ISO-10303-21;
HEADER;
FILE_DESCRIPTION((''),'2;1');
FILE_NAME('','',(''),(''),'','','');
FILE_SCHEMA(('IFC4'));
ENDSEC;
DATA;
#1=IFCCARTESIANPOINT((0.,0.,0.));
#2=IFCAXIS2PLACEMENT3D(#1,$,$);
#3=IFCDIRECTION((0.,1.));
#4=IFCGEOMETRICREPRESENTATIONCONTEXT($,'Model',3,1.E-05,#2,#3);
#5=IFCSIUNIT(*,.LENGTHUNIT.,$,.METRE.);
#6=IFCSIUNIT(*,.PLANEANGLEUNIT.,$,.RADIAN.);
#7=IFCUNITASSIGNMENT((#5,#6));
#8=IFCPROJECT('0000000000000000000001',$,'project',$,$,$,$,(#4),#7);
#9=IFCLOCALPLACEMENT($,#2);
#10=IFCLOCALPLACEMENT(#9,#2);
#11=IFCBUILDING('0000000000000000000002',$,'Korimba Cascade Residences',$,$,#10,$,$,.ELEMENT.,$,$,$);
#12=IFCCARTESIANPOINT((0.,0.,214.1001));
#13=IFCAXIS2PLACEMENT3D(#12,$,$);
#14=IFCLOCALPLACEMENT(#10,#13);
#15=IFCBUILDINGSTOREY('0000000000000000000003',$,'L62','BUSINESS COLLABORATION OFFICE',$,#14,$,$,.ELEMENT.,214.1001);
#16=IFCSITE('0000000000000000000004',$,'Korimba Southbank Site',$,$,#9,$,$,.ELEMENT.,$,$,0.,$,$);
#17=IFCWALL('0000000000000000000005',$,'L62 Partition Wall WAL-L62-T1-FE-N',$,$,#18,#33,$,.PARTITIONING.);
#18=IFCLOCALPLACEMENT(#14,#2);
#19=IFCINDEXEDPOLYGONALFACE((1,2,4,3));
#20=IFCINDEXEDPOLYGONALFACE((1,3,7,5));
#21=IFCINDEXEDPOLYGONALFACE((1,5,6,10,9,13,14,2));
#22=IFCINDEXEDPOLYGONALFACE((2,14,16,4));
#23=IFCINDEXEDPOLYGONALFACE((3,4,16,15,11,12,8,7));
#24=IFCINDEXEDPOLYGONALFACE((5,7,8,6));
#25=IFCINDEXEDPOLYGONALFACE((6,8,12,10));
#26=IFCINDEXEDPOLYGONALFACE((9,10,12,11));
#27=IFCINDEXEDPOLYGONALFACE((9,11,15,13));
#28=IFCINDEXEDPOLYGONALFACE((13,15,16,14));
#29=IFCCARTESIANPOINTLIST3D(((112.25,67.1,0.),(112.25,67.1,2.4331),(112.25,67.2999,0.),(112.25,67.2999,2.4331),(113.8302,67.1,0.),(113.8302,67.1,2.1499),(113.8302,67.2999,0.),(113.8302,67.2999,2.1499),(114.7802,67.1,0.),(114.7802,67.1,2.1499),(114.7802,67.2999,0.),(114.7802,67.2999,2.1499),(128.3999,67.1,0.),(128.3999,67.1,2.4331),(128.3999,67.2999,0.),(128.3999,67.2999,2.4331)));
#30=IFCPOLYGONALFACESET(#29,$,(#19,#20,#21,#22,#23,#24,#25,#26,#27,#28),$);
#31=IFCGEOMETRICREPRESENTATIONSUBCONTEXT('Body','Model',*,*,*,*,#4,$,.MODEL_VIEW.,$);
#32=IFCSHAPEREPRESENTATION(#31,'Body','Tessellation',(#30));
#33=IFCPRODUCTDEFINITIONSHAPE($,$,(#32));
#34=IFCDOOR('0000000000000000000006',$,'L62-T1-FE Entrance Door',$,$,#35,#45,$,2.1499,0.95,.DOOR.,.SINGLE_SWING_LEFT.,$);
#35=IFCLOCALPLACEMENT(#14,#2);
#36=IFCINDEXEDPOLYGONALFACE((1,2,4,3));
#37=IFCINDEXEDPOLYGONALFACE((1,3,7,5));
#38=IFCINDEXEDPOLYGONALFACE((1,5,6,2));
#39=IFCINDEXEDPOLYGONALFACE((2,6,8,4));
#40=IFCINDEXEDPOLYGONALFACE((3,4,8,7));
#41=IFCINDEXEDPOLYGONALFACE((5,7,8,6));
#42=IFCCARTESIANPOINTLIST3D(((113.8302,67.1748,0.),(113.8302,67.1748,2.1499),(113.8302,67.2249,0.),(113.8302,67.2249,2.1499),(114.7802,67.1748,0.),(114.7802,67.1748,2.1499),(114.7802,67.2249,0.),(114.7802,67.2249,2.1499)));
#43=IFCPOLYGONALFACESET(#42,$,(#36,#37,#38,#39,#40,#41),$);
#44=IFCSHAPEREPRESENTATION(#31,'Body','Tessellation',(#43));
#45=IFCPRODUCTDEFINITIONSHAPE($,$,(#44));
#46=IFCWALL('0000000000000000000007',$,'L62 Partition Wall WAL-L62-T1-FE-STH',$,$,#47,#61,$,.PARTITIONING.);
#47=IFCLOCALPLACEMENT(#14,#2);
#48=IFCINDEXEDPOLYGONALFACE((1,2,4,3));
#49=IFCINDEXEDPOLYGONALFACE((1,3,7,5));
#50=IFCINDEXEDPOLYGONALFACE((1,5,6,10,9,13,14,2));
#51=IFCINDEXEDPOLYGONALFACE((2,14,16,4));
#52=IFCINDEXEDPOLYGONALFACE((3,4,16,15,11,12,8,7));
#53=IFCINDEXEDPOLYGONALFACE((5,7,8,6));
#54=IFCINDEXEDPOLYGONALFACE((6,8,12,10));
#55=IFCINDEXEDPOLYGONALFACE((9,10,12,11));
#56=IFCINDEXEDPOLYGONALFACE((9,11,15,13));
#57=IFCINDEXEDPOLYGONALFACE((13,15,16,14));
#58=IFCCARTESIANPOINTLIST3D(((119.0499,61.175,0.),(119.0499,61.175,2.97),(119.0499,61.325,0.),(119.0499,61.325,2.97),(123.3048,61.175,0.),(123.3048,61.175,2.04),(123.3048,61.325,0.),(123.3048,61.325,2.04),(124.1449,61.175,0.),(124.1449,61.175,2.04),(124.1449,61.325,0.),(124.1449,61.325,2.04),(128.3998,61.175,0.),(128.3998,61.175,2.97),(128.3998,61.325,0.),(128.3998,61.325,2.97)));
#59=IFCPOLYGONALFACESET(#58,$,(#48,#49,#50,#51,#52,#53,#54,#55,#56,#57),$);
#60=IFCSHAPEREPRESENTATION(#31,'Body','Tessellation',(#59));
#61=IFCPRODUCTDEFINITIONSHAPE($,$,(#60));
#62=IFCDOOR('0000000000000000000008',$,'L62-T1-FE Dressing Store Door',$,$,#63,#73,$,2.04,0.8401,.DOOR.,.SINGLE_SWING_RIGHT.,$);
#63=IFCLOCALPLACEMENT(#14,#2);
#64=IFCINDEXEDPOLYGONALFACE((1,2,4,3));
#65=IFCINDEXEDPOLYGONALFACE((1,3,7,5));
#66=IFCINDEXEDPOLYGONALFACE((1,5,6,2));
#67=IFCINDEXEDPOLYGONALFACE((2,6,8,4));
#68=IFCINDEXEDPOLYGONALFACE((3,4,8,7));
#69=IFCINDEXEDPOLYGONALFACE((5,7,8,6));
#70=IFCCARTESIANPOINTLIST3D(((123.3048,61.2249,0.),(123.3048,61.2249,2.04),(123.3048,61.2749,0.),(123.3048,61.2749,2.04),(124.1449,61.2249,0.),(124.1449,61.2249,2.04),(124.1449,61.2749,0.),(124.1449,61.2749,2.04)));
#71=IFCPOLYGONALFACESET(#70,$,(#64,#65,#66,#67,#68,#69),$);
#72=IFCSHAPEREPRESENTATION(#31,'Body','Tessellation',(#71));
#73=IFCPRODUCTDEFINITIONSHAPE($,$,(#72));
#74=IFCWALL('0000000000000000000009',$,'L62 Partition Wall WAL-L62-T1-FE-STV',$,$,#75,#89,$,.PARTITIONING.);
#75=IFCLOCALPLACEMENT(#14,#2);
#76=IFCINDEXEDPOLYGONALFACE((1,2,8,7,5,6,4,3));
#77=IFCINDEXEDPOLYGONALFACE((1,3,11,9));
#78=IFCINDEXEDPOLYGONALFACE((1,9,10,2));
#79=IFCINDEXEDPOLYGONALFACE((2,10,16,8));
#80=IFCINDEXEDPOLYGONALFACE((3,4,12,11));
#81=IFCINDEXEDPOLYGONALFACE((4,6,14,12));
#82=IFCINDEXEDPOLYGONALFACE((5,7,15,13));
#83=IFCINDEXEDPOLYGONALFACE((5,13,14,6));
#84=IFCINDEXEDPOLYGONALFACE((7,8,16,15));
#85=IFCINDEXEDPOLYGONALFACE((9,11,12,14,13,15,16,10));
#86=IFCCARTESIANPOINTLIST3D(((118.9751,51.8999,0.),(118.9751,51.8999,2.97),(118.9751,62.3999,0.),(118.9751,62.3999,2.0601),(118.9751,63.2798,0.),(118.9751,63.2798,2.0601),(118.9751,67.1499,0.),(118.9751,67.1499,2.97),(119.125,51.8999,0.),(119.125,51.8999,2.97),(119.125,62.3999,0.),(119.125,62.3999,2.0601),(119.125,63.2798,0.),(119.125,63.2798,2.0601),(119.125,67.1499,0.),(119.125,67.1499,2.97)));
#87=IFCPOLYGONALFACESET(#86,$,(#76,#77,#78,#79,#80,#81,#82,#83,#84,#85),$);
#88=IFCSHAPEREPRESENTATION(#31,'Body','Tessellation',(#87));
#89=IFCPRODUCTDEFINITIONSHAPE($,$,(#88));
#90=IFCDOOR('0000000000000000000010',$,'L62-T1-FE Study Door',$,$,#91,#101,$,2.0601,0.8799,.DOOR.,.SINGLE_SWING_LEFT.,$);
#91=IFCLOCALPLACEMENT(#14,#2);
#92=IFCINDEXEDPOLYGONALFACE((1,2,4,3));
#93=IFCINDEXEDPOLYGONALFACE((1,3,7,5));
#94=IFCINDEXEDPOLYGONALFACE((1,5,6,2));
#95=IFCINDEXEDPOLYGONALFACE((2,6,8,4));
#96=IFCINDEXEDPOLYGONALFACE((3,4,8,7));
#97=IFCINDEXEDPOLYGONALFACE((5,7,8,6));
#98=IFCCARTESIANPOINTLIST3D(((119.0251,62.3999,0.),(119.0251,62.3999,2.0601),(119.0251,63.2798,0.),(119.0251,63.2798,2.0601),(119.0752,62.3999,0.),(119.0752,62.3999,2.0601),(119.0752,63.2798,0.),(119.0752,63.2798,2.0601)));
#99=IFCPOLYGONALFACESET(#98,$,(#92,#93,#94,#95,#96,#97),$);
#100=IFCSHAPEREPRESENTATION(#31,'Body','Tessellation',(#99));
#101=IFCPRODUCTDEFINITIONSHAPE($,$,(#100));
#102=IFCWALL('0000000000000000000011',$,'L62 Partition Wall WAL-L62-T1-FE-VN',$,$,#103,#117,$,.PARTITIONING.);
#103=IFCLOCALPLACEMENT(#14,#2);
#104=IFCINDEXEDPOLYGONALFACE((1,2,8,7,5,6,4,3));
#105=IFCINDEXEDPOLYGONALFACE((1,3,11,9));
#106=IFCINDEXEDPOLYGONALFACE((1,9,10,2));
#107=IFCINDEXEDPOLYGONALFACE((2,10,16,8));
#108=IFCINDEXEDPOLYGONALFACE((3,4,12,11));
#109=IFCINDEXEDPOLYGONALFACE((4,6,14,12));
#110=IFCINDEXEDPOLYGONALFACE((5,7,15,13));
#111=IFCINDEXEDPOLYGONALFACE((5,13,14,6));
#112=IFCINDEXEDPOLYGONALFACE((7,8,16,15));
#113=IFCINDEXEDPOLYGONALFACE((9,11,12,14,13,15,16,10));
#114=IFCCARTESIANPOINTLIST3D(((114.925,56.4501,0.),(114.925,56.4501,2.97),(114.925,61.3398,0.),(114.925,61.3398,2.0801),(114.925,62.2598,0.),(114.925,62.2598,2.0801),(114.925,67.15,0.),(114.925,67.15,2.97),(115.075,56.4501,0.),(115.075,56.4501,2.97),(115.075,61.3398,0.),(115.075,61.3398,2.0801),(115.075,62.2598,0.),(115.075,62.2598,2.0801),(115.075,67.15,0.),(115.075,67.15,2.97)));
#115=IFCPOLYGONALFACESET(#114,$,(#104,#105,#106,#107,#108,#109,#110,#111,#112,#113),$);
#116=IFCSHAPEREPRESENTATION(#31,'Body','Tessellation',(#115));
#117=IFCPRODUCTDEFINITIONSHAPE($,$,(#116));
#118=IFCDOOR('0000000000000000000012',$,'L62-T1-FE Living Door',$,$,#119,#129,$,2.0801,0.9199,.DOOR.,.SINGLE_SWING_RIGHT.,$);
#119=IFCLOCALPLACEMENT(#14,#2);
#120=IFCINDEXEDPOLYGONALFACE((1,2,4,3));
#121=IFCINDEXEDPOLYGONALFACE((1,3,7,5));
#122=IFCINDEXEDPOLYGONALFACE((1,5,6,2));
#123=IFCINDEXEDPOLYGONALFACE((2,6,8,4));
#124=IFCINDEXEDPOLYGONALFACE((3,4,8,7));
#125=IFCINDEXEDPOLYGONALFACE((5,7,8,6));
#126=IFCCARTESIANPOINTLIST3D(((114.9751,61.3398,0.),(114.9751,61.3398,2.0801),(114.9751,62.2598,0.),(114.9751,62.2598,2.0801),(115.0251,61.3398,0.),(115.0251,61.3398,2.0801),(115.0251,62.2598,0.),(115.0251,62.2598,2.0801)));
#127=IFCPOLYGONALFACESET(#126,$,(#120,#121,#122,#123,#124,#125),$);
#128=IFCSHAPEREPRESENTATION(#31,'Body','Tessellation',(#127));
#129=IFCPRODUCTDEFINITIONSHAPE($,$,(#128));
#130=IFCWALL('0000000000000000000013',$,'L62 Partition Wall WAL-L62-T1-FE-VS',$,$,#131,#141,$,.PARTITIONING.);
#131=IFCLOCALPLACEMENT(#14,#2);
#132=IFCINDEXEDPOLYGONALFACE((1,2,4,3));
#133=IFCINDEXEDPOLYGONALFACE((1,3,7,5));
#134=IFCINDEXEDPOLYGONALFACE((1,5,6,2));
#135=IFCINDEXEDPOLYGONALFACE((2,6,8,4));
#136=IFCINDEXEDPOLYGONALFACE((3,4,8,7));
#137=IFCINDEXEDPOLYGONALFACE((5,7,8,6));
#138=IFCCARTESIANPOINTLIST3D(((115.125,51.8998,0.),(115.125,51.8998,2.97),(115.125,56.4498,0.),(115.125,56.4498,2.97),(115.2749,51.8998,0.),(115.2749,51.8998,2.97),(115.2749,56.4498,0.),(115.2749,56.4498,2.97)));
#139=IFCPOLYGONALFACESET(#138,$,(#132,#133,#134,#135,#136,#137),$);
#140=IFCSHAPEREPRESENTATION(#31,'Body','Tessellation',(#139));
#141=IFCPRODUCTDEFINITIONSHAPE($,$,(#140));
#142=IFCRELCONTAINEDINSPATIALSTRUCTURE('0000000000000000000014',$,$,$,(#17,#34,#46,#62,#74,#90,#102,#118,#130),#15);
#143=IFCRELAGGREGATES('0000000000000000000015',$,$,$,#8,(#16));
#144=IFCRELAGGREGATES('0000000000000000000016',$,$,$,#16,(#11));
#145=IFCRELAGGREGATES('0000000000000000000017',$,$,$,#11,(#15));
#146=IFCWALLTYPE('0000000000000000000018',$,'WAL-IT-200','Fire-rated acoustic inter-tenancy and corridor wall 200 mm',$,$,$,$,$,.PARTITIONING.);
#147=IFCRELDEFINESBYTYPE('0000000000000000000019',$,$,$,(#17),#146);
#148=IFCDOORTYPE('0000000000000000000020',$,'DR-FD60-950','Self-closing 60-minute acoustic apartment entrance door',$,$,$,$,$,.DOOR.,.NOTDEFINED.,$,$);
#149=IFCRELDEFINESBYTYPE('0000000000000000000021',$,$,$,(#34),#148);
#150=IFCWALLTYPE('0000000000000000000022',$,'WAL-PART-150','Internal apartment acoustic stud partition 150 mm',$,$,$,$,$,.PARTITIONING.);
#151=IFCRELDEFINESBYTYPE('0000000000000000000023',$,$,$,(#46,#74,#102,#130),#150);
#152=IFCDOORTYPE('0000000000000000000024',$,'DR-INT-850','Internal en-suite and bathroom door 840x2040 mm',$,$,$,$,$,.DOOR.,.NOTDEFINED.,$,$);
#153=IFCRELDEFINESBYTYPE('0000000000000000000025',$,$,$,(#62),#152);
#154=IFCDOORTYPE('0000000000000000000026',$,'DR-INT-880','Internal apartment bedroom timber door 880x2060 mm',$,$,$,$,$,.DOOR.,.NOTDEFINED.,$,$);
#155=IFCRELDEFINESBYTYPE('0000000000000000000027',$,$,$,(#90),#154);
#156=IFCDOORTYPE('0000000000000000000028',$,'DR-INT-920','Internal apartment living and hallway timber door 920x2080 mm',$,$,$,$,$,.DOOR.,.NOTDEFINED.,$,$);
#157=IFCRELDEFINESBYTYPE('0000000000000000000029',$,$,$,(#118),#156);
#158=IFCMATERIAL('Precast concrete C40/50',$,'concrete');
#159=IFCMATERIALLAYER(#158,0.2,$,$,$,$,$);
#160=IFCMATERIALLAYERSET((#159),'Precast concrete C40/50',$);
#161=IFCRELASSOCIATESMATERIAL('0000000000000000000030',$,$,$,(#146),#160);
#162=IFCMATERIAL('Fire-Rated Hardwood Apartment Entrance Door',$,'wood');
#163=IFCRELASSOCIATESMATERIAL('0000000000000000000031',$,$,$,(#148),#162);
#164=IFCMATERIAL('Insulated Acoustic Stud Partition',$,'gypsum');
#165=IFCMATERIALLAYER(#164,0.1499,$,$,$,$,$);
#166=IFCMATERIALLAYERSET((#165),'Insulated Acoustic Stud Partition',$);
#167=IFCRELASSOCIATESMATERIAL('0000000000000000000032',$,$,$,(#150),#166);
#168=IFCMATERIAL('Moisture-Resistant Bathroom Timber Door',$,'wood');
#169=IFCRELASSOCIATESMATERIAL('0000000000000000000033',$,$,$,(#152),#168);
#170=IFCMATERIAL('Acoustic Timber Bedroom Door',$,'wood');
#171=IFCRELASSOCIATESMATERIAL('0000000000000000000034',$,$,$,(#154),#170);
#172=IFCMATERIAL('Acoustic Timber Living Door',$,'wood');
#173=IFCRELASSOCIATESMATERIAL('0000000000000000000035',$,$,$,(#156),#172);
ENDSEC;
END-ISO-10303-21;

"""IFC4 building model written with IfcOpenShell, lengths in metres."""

from ifc_helpers import new_model, si_unit, direction, frame, frame_2d, origin, place, context, subcontext, project, spatial, rectangle, extrude, material, layer, layer_set, type_object, element, fill, save


model = new_model("IFC4")

# Units and contexts
model_context = context("Model", 3, precision=1e-05, world=origin(), true_north=direction((0.0, 1.0)))
body_context = subcontext(model_context, "Body", "Model", "MODEL_VIEW")
ifc_project = project(units=[si_unit("LENGTHUNIT", "METRE"), si_unit("PLANEANGLEUNIT", "RADIAN")], contexts=[model_context])

# Site, building, storey
site_placement = place(None, origin())
site = spatial("IfcSite", under=ifc_project, at=site_placement, Name="Korimba Southbank Site", CompositionType="ELEMENT", RefElevation=0.0)
building_placement = place(site_placement, origin())
building = spatial("IfcBuilding", under=site, at=building_placement, Name="Korimba Cascade Residences", CompositionType="ELEMENT")
storey_placement = place(building_placement, frame((0.0, 0.0, 214.1001)))
storey = spatial("IfcBuildingStorey", under=building, at=storey_placement, Name="L62", Description="BUSINESS COLLABORATION OFFICE", CompositionType="ELEMENT", Elevation=214.1001)

# Walls, openings, doors
ifc_material_1 = material(Name="Precast concrete C40/50", Category="concrete")
ifc_layer_1 = layer(ifc_material_1, 0.2)
ifc_layer_set_1 = layer_set([ifc_layer_1], Name="Precast concrete C40/50")
wall_type_1 = type_object("IfcWallType", Name="WAL-IT-200", Description="Fire-rated acoustic inter-tenancy and corridor wall 200 mm", PredefinedType="PARTITIONING", material=ifc_layer_set_1)
wall_1_placement = place(storey_placement, frame((112.25, 67.2, 0.0), z_axis=(0.0, 0.0, 1.0), x_axis=(1.0, 0.0, 0.0)))
wall_1 = element("IfcWall", 1, at=wall_1_placement, inside=storey, type_object=wall_type_1, Name="L62 Partition Wall WAL-L62-T1-FE-N", PredefinedType="PARTITIONING", context=body_context, shape_type="SweptSolid", body=[
    extrude(rectangle(XDim=16.1499, YDim=0.2, at=frame_2d((8.075, 0.0))), origin(), (0.0, 0.0, 1.0), 2.4331),
])
opening_1_placement = place(wall_1_placement, frame((1.5801, 0.0, 0.0)))
opening_1 = element("IfcOpeningElement", 2, at=opening_1_placement, cuts=wall_1, PredefinedType="OPENING", context=body_context, shape_type="SweptSolid", body=[
    extrude(rectangle(XDim=0.95, YDim=2.1499, at=frame_2d((0.4751, 1.075))), frame((0.0, 0.1099, 0.0), z_axis=(0.0, -1.0, 0.0), x_axis=(1.0, 0.0, 0.0)), (0.0, 0.0, 1.0), 0.22),
])
ifc_material_2 = material(Name="Fire-Rated Hardwood Apartment Entrance Door", Category="wood")
door_type_1 = type_object("IfcDoorType", Name="DR-FD60-950", Description="Self-closing 60-minute acoustic apartment entrance door", OperationType="NOTDEFINED", PredefinedType="DOOR", material=ifc_material_2)
door_1_placement = place(opening_1_placement, origin())
door_1 = element("IfcDoor", 3, at=door_1_placement, inside=storey, type_object=door_type_1, Name="L62-T1-FE Entrance Door", OperationType="SINGLE_SWING_LEFT", OverallHeight=2.1499, OverallWidth=0.95, PredefinedType="DOOR", context=body_context, shape_type="SweptSolid", body=[
    extrude(rectangle(XDim=0.95, YDim=2.1499, at=frame_2d((0.4751, 1.075))), frame((0.0, 0.0249, 0.0), z_axis=(0.0, -1.0, 0.0), x_axis=(1.0, 0.0, 0.0)), (0.0, 0.0, 1.0), 0.05),
])
fill(opening_1, door_1)
ifc_material_3 = material(Name="Insulated Acoustic Stud Partition", Category="gypsum")
ifc_layer_2 = layer(ifc_material_3, 0.1499)
ifc_layer_set_2 = layer_set([ifc_layer_2], Name="Insulated Acoustic Stud Partition")
wall_type_2 = type_object("IfcWallType", Name="WAL-PART-150", Description="Internal apartment acoustic stud partition 150 mm", PredefinedType="PARTITIONING", material=ifc_layer_set_2)
wall_2_placement = place(storey_placement, frame((119.05, 61.25, 0.0), z_axis=(0.0, 0.0, 1.0), x_axis=(1.0, 0.0, 0.0)))
wall_2 = element("IfcWall", 4, at=wall_2_placement, inside=storey, type_object=wall_type_2, Name="L62 Partition Wall WAL-L62-T1-FE-STH", PredefinedType="PARTITIONING", context=body_context, shape_type="SweptSolid", body=[
    extrude(rectangle(XDim=9.3499, YDim=0.1499, at=frame_2d((4.6748, 0.0))), origin(), (0.0, 0.0, 1.0), 2.97),
])
opening_2_placement = place(wall_2_placement, frame((4.2549, 0.0, 0.0)))
opening_2 = element("IfcOpeningElement", 5, at=opening_2_placement, cuts=wall_2, PredefinedType="OPENING", context=body_context, shape_type="SweptSolid", body=[
    extrude(rectangle(XDim=0.8401, YDim=2.04, at=frame_2d((0.4199, 1.02))), frame((0.0, 0.085, 0.0), z_axis=(0.0, -1.0, 0.0), x_axis=(1.0, 0.0, 0.0)), (0.0, 0.0, 1.0), 0.1699),
])
ifc_material_4 = material(Name="Moisture-Resistant Bathroom Timber Door", Category="wood")
door_type_2 = type_object("IfcDoorType", Name="DR-INT-850", Description="Internal en-suite and bathroom door 840x2040 mm", OperationType="NOTDEFINED", PredefinedType="DOOR", material=ifc_material_4)
door_2_placement = place(opening_2_placement, origin())
door_2 = element("IfcDoor", 6, at=door_2_placement, inside=storey, type_object=door_type_2, Name="L62-T1-FE Dressing Store Door", OperationType="SINGLE_SWING_RIGHT", OverallHeight=2.04, OverallWidth=0.8401, PredefinedType="DOOR", context=body_context, shape_type="SweptSolid", body=[
    extrude(rectangle(XDim=0.8401, YDim=2.04, at=frame_2d((0.4199, 1.02))), frame((0.0, 0.0249, 0.0), z_axis=(0.0, -1.0, 0.0), x_axis=(1.0, 0.0, 0.0)), (0.0, 0.0, 1.0), 0.05),
])
fill(opening_2, door_2)
wall_3_placement = place(storey_placement, frame((119.05, 51.8999, 0.0), z_axis=(0.0, 0.0, 1.0), x_axis=(0.0, 1.0, 0.0)))
wall_3 = element("IfcWall", 7, at=wall_3_placement, inside=storey, type_object=wall_type_2, Name="L62 Partition Wall WAL-L62-T1-FE-STV", PredefinedType="PARTITIONING", context=body_context, shape_type="SweptSolid", body=[
    extrude(rectangle(XDim=15.25, YDim=0.1499, at=frame_2d((7.625, 0.0))), origin(), (0.0, 0.0, 1.0), 2.97),
])
opening_3_placement = place(wall_3_placement, frame((10.5, 0.0, 0.0)))
opening_3 = element("IfcOpeningElement", 8, at=opening_3_placement, cuts=wall_3, PredefinedType="OPENING", context=body_context, shape_type="SweptSolid", body=[
    extrude(rectangle(XDim=0.8799, YDim=2.0601, at=frame_2d((0.4399, 1.03))), frame((0.0, 0.085, 0.0), z_axis=(0.0, -1.0, 0.0), x_axis=(1.0, 0.0, 0.0)), (0.0, 0.0, 1.0), 0.1699),
])
ifc_material_5 = material(Name="Acoustic Timber Bedroom Door", Category="wood")
door_type_3 = type_object("IfcDoorType", Name="DR-INT-880", Description="Internal apartment bedroom timber door 880x2060 mm", OperationType="NOTDEFINED", PredefinedType="DOOR", material=ifc_material_5)
door_3_placement = place(opening_3_placement, origin())
door_3 = element("IfcDoor", 9, at=door_3_placement, inside=storey, type_object=door_type_3, Name="L62-T1-FE Study Door", OperationType="SINGLE_SWING_LEFT", OverallHeight=2.0601, OverallWidth=0.8799, PredefinedType="DOOR", context=body_context, shape_type="SweptSolid", body=[
    extrude(rectangle(XDim=0.8799, YDim=2.0601, at=frame_2d((0.4399, 1.03))), frame((0.0, 0.0249, 0.0), z_axis=(0.0, -1.0, 0.0), x_axis=(1.0, 0.0, 0.0)), (0.0, 0.0, 1.0), 0.05),
])
fill(opening_3, door_3)
wall_4_placement = place(storey_placement, frame((115.0, 56.45, 0.0), z_axis=(0.0, 0.0, 1.0), x_axis=(0.0, 1.0, 0.0)))
wall_4 = element("IfcWall", 10, at=wall_4_placement, inside=storey, type_object=wall_type_2, Name="L62 Partition Wall WAL-L62-T1-FE-VN", PredefinedType="PARTITIONING", context=body_context, shape_type="SweptSolid", body=[
    extrude(rectangle(XDim=10.7, YDim=0.1499, at=frame_2d((5.3501, 0.0))), origin(), (0.0, 0.0, 1.0), 2.97),
])
opening_4_placement = place(wall_4_placement, frame((4.8899, 0.0, 0.0)))
opening_4 = element("IfcOpeningElement", 11, at=opening_4_placement, cuts=wall_4, PredefinedType="OPENING", context=body_context, shape_type="SweptSolid", body=[
    extrude(rectangle(XDim=0.9199, YDim=2.0801, at=frame_2d((0.46, 1.04))), frame((0.0, 0.085, 0.0), z_axis=(0.0, -1.0, 0.0), x_axis=(1.0, 0.0, 0.0)), (0.0, 0.0, 1.0), 0.1699),
])
ifc_material_6 = material(Name="Acoustic Timber Living Door", Category="wood")
door_type_4 = type_object("IfcDoorType", Name="DR-INT-920", Description="Internal apartment living and hallway timber door 920x2080 mm", OperationType="NOTDEFINED", PredefinedType="DOOR", material=ifc_material_6)
door_4_placement = place(opening_4_placement, origin())
door_4 = element("IfcDoor", 12, at=door_4_placement, inside=storey, type_object=door_type_4, Name="L62-T1-FE Living Door", OperationType="SINGLE_SWING_RIGHT", OverallHeight=2.0801, OverallWidth=0.9199, PredefinedType="DOOR", context=body_context, shape_type="SweptSolid", body=[
    extrude(rectangle(XDim=0.9199, YDim=2.0801, at=frame_2d((0.46, 1.04))), frame((0.0, 0.0249, 0.0), z_axis=(0.0, -1.0, 0.0), x_axis=(1.0, 0.0, 0.0)), (0.0, 0.0, 1.0), 0.05),
])
fill(opening_4, door_4)

# Wall
wall_5_placement = place(storey_placement, frame((115.2, 51.8999, 0.0), z_axis=(0.0, 0.0, 1.0), x_axis=(0.0, 1.0, 0.0)))
element("IfcWall", 13, at=wall_5_placement, inside=storey, type_object=wall_type_2, Name="L62 Partition Wall WAL-L62-T1-FE-VS", PredefinedType="PARTITIONING", context=body_context, shape_type="SweptSolid", body=[
    extrude(rectangle(XDim=4.55, YDim=0.1499, at=frame_2d((2.2749, 0.0))), origin(), (0.0, 0.0, 1.0), 2.97),
])

save(model, "model.ifc")
